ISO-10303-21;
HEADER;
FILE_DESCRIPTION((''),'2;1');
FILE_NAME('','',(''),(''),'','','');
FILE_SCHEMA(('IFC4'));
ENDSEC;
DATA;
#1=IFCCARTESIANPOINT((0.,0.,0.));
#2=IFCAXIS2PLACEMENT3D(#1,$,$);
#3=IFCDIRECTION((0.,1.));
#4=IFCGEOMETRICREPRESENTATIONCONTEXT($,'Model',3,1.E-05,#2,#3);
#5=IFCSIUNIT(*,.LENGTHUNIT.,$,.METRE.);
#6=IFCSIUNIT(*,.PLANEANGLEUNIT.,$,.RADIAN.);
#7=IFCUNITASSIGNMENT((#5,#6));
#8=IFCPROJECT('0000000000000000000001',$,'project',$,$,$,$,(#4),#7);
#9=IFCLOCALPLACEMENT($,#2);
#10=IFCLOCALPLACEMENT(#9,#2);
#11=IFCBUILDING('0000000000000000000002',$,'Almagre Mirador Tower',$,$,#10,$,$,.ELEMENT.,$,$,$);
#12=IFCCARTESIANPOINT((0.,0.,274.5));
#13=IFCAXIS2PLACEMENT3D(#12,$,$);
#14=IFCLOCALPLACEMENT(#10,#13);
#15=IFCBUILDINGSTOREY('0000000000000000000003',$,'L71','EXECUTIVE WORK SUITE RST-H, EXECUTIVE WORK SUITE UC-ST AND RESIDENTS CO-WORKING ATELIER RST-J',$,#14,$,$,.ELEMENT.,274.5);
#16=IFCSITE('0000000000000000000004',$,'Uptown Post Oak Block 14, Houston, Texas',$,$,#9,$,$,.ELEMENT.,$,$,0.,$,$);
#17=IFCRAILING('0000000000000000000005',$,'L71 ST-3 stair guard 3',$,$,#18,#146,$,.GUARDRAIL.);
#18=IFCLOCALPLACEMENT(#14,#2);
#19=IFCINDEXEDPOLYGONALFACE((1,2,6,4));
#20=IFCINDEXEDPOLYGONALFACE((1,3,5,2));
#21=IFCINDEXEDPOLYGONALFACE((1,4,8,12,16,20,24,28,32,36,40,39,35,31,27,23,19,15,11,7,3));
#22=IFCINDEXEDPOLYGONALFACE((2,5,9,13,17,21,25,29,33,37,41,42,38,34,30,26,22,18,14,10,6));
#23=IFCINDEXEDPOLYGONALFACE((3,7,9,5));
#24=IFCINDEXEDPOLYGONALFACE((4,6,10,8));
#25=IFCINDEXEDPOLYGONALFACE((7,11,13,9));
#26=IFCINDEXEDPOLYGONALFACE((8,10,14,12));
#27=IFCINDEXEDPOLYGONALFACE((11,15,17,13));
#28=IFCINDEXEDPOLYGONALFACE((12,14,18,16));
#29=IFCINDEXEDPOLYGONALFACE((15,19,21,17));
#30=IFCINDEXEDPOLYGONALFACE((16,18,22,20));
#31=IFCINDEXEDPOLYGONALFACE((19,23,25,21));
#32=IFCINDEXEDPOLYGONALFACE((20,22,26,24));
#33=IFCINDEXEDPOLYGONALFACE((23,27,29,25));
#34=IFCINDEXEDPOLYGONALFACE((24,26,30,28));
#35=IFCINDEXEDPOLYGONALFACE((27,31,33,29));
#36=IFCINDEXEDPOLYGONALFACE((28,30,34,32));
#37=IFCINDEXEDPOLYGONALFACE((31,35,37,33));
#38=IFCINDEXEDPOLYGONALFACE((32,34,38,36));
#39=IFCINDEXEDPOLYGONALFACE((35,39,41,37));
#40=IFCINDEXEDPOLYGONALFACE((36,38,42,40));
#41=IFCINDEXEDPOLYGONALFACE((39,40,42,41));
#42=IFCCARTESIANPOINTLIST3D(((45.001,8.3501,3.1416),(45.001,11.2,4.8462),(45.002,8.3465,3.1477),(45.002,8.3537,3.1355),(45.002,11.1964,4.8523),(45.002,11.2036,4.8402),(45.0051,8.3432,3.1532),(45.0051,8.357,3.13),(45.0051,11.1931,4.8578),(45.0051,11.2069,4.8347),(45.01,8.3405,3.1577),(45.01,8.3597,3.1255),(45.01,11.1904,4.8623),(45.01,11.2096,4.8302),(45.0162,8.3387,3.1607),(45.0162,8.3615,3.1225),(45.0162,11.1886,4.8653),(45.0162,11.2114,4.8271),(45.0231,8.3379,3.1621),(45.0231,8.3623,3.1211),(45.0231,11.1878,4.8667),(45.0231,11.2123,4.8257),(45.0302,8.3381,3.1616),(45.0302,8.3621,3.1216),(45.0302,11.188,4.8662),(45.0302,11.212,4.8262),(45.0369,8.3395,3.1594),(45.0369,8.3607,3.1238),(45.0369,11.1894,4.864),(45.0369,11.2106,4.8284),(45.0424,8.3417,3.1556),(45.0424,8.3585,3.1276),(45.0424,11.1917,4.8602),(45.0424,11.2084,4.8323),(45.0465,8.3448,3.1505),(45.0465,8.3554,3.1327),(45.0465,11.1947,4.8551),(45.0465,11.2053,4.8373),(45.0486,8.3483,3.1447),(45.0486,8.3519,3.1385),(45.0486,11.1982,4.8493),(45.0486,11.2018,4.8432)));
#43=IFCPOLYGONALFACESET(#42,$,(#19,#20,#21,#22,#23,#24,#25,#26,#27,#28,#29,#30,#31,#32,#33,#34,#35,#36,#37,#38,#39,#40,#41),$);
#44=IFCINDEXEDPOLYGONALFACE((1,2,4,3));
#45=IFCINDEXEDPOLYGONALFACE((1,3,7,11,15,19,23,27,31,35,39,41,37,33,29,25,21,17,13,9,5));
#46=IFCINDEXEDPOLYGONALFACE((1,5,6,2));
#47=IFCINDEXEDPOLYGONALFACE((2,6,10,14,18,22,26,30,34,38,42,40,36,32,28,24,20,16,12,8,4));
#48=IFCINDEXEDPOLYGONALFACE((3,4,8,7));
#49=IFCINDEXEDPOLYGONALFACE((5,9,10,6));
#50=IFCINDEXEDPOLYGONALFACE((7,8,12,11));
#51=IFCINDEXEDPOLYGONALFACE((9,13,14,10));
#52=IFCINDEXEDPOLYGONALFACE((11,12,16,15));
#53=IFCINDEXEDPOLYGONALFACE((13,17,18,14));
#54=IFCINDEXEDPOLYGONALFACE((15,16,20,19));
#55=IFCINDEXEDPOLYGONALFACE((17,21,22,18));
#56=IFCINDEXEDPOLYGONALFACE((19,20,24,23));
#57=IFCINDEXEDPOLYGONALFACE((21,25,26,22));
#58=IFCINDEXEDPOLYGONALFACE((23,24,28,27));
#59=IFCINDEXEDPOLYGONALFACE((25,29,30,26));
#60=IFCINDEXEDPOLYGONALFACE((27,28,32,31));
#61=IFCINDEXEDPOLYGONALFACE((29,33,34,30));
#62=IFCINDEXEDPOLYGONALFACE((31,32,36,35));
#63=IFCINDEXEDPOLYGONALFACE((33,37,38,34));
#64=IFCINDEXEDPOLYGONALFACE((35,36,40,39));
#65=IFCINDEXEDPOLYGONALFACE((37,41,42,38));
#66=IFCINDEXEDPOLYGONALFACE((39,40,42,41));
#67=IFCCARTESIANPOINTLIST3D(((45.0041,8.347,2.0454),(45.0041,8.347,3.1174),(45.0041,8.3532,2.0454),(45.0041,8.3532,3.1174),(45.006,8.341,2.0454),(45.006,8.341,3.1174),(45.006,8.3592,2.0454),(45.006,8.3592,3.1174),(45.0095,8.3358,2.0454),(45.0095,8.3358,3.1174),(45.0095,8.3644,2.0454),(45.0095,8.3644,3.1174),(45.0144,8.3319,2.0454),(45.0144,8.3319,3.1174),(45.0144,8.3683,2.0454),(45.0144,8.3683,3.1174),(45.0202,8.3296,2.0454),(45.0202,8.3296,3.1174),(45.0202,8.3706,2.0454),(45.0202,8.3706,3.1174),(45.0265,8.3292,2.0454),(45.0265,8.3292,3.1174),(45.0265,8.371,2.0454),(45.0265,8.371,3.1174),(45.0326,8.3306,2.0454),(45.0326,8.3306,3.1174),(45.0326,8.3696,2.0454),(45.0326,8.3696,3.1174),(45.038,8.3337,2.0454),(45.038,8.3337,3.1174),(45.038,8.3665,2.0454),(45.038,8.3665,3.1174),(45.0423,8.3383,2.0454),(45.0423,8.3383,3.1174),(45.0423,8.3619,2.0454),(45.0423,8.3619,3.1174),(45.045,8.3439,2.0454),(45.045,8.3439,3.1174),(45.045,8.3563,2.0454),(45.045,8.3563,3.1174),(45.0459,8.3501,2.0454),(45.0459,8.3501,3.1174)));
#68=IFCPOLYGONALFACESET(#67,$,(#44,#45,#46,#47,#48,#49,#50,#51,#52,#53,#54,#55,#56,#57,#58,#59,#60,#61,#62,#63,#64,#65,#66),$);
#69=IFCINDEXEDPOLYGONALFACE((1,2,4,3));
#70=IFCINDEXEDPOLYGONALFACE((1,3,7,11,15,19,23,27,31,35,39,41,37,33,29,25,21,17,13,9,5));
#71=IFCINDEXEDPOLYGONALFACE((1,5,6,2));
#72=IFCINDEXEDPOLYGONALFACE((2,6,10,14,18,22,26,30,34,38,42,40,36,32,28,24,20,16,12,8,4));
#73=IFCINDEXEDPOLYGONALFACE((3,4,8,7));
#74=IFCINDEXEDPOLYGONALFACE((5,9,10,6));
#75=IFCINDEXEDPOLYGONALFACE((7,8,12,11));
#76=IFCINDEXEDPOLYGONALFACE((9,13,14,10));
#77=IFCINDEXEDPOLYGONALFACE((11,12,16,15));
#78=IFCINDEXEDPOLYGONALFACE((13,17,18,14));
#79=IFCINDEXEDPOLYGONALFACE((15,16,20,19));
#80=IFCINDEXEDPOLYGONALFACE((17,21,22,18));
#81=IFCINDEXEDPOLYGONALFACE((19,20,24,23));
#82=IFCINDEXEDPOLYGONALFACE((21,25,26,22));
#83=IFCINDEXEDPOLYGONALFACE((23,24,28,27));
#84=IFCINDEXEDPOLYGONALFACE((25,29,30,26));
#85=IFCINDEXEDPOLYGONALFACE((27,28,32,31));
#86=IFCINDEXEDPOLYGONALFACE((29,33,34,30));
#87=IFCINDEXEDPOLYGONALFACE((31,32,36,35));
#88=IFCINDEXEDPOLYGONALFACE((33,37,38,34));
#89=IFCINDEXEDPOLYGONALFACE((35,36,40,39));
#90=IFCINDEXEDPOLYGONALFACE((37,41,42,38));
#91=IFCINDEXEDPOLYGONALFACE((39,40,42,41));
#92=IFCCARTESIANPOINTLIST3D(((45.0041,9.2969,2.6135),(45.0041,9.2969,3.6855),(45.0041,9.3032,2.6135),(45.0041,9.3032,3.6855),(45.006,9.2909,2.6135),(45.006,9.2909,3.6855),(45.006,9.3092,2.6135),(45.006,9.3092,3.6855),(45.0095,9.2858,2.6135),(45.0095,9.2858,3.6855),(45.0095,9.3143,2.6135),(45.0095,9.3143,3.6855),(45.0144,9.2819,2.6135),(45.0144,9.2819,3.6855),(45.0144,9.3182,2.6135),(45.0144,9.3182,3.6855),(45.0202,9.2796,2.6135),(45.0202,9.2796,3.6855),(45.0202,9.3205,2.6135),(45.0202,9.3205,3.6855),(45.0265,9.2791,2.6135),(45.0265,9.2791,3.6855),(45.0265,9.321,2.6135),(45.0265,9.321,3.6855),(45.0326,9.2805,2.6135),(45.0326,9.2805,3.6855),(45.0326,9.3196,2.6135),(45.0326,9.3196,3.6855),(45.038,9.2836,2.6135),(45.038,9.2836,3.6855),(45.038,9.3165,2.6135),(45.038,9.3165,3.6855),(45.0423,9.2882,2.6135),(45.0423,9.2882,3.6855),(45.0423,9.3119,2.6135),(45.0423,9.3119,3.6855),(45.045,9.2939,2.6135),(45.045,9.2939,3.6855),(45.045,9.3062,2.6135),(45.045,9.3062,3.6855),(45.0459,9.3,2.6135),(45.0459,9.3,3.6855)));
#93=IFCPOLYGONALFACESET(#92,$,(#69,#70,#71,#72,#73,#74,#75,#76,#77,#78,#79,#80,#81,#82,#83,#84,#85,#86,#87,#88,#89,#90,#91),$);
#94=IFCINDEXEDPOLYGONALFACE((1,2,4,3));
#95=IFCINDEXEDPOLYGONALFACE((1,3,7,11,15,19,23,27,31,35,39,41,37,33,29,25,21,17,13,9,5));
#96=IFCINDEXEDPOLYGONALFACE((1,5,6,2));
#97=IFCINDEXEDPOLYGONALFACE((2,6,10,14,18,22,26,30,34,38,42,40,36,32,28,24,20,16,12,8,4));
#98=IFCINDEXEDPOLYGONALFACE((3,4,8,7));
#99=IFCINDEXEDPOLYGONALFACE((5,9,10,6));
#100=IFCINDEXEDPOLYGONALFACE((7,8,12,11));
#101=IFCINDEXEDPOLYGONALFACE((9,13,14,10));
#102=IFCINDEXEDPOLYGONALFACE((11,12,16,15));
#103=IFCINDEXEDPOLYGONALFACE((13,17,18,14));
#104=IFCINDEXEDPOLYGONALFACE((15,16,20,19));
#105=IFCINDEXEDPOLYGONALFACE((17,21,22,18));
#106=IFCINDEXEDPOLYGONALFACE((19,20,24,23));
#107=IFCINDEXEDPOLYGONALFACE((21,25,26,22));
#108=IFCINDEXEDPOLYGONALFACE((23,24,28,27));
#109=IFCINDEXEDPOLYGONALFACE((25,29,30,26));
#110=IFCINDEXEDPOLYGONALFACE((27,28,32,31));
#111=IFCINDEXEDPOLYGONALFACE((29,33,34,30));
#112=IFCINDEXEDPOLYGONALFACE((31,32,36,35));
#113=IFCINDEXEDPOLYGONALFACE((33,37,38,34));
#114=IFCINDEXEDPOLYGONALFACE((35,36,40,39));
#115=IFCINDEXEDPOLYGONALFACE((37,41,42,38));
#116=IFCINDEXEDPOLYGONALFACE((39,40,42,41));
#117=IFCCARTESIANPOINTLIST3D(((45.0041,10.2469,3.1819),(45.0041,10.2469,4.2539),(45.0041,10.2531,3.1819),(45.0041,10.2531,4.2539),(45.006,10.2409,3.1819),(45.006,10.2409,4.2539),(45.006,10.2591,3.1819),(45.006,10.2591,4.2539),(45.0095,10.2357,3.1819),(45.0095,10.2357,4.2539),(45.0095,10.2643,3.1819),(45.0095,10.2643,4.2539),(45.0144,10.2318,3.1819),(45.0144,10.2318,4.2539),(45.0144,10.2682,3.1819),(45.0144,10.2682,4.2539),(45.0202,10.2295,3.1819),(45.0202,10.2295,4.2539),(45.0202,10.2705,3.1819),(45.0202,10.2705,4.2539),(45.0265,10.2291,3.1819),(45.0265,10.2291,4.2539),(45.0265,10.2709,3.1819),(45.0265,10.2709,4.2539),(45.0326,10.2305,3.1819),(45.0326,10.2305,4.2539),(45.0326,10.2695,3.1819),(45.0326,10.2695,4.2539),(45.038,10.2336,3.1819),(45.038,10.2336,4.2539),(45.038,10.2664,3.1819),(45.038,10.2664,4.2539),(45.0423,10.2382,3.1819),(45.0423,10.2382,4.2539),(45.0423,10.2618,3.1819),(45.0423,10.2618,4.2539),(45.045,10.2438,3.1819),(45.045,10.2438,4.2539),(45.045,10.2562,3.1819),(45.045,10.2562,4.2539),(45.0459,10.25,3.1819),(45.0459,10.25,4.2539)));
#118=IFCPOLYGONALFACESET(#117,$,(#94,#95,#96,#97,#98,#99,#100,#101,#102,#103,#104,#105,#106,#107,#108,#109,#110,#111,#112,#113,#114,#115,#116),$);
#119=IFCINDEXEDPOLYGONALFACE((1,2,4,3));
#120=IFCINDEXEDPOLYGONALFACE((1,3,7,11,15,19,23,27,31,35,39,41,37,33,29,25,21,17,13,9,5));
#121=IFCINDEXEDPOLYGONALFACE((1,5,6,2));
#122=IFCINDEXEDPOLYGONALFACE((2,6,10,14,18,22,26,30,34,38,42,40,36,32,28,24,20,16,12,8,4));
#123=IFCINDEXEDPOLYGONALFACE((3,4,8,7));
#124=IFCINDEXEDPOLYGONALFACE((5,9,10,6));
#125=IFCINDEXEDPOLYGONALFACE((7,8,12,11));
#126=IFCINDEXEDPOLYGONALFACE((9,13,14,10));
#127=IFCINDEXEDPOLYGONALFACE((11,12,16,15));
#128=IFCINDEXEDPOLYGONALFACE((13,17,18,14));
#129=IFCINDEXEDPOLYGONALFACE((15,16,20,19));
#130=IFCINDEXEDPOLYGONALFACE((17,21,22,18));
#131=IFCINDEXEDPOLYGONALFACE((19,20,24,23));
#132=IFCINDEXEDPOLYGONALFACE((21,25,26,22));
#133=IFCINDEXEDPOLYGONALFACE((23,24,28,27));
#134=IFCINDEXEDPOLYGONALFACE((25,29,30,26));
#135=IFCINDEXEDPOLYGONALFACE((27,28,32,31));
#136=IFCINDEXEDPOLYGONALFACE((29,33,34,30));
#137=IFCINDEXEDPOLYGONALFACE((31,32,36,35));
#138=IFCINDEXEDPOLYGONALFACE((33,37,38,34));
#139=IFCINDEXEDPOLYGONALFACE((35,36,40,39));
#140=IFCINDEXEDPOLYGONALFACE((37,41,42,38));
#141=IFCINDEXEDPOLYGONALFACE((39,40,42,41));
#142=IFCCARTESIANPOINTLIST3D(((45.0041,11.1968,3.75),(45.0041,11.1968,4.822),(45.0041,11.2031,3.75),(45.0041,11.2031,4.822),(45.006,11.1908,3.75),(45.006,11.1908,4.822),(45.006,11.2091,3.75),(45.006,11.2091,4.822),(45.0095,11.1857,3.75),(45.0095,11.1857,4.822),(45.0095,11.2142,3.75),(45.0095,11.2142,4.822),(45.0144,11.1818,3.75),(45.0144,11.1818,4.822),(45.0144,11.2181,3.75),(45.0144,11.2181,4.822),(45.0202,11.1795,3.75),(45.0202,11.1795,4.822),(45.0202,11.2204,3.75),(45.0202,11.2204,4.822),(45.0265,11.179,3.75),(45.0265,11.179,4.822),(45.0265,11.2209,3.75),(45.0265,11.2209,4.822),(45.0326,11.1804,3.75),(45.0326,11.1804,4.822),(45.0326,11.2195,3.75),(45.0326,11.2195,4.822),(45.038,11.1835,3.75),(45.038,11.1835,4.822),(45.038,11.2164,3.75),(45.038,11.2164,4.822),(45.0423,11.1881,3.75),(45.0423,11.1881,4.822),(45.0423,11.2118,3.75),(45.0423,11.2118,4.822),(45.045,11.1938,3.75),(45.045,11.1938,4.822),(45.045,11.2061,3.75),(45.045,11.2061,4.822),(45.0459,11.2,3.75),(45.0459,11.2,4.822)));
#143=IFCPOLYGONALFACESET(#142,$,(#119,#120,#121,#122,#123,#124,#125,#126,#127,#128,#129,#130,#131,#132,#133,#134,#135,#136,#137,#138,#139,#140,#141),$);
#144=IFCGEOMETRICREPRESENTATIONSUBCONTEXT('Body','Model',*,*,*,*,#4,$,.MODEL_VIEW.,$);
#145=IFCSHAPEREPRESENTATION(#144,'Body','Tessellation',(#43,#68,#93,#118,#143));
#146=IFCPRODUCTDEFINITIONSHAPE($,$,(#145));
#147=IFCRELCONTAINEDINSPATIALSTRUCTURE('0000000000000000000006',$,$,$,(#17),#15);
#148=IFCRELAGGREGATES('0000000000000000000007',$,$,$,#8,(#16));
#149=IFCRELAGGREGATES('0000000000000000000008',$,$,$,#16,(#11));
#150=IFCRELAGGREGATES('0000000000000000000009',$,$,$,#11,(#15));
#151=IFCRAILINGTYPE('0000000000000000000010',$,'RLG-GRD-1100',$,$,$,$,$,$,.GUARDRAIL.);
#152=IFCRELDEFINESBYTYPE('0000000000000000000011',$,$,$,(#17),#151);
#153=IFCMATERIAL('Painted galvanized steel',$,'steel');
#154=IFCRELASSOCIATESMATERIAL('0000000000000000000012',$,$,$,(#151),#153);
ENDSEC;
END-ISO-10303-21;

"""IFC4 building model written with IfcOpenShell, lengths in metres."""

from ifc_helpers import new_model, si_unit, direction, frame, origin, origin_2d, place, context, subcontext, project, spatial, circle, extrude, material, type_object, element, save


model = new_model("IFC4")

# Units and contexts
model_context = context("Model", 3, precision=1e-05, world=origin(), true_north=direction((0.0, 1.0)))
body_context = subcontext(model_context, "Body", "Model", "MODEL_VIEW")
ifc_project = project(units=[si_unit("LENGTHUNIT", "METRE"), si_unit("PLANEANGLEUNIT", "RADIAN")], contexts=[model_context])

# Site, building, storey
site_placement = place(None, origin())
site = spatial("IfcSite", under=ifc_project, at=site_placement, Name="Uptown Post Oak Block 14, Houston, Texas", CompositionType="ELEMENT", RefElevation=0.0)
building_placement = place(site_placement, origin())
building = spatial("IfcBuilding", under=site, at=building_placement, Name="Almagre Mirador Tower", CompositionType="ELEMENT")
storey_placement = place(building_placement, frame((0.0, 0.0, 274.5)))
storey = spatial("IfcBuildingStorey", under=building, at=storey_placement, Name="L71", Description="EXECUTIVE WORK SUITE RST-H, EXECUTIVE WORK SUITE UC-ST AND RESIDENTS CO-WORKING ATELIER RST-J", CompositionType="ELEMENT", Elevation=274.5)

# Railing
ifc_material_1 = material(Name="Painted galvanized steel", Category="steel")
railing_type_1 = type_object("IfcRailingType", Name="RLG-GRD-1100", PredefinedType="GUARDRAIL", material=ifc_material_1)
railing_1_placement = place(storey_placement, frame((45.0249, 8.3501, 2.0454)))
element("IfcRailing", 1, at=railing_1_placement, inside=storey, type_object=railing_type_1, Name="L71 ST-3 stair guard 3", PredefinedType="GUARDRAIL", context=body_context, shape_type="SweptSolid", body=[
    extrude(circle(Radius=0.0239, at=origin_2d()), frame((0.0, 0.0, 1.0962), z_axis=(0.0, 0.858199, 0.513317), x_axis=(-1.0, 0.0, 0.0)), (0.0, 0.0, 1.0), 3.3208),
    extrude(circle(Radius=0.021, at=origin_2d()), origin(), (0.0, 0.0, 1.0), 1.072),
    extrude(circle(Radius=0.021, at=origin_2d()), frame((0.0, 0.95, 0.5681)), (0.0, 0.0, 1.0), 1.072),
    extrude(circle(Radius=0.021, at=origin_2d()), frame((0.0, 1.8999, 1.1365)), (0.0, 0.0, 1.0), 1.072),
    extrude(circle(Radius=0.021, at=origin_2d()), frame((0.0, 2.8499, 1.7046)), (0.0, 0.0, 1.0), 1.072),
])

save(model, "model.ifc")
